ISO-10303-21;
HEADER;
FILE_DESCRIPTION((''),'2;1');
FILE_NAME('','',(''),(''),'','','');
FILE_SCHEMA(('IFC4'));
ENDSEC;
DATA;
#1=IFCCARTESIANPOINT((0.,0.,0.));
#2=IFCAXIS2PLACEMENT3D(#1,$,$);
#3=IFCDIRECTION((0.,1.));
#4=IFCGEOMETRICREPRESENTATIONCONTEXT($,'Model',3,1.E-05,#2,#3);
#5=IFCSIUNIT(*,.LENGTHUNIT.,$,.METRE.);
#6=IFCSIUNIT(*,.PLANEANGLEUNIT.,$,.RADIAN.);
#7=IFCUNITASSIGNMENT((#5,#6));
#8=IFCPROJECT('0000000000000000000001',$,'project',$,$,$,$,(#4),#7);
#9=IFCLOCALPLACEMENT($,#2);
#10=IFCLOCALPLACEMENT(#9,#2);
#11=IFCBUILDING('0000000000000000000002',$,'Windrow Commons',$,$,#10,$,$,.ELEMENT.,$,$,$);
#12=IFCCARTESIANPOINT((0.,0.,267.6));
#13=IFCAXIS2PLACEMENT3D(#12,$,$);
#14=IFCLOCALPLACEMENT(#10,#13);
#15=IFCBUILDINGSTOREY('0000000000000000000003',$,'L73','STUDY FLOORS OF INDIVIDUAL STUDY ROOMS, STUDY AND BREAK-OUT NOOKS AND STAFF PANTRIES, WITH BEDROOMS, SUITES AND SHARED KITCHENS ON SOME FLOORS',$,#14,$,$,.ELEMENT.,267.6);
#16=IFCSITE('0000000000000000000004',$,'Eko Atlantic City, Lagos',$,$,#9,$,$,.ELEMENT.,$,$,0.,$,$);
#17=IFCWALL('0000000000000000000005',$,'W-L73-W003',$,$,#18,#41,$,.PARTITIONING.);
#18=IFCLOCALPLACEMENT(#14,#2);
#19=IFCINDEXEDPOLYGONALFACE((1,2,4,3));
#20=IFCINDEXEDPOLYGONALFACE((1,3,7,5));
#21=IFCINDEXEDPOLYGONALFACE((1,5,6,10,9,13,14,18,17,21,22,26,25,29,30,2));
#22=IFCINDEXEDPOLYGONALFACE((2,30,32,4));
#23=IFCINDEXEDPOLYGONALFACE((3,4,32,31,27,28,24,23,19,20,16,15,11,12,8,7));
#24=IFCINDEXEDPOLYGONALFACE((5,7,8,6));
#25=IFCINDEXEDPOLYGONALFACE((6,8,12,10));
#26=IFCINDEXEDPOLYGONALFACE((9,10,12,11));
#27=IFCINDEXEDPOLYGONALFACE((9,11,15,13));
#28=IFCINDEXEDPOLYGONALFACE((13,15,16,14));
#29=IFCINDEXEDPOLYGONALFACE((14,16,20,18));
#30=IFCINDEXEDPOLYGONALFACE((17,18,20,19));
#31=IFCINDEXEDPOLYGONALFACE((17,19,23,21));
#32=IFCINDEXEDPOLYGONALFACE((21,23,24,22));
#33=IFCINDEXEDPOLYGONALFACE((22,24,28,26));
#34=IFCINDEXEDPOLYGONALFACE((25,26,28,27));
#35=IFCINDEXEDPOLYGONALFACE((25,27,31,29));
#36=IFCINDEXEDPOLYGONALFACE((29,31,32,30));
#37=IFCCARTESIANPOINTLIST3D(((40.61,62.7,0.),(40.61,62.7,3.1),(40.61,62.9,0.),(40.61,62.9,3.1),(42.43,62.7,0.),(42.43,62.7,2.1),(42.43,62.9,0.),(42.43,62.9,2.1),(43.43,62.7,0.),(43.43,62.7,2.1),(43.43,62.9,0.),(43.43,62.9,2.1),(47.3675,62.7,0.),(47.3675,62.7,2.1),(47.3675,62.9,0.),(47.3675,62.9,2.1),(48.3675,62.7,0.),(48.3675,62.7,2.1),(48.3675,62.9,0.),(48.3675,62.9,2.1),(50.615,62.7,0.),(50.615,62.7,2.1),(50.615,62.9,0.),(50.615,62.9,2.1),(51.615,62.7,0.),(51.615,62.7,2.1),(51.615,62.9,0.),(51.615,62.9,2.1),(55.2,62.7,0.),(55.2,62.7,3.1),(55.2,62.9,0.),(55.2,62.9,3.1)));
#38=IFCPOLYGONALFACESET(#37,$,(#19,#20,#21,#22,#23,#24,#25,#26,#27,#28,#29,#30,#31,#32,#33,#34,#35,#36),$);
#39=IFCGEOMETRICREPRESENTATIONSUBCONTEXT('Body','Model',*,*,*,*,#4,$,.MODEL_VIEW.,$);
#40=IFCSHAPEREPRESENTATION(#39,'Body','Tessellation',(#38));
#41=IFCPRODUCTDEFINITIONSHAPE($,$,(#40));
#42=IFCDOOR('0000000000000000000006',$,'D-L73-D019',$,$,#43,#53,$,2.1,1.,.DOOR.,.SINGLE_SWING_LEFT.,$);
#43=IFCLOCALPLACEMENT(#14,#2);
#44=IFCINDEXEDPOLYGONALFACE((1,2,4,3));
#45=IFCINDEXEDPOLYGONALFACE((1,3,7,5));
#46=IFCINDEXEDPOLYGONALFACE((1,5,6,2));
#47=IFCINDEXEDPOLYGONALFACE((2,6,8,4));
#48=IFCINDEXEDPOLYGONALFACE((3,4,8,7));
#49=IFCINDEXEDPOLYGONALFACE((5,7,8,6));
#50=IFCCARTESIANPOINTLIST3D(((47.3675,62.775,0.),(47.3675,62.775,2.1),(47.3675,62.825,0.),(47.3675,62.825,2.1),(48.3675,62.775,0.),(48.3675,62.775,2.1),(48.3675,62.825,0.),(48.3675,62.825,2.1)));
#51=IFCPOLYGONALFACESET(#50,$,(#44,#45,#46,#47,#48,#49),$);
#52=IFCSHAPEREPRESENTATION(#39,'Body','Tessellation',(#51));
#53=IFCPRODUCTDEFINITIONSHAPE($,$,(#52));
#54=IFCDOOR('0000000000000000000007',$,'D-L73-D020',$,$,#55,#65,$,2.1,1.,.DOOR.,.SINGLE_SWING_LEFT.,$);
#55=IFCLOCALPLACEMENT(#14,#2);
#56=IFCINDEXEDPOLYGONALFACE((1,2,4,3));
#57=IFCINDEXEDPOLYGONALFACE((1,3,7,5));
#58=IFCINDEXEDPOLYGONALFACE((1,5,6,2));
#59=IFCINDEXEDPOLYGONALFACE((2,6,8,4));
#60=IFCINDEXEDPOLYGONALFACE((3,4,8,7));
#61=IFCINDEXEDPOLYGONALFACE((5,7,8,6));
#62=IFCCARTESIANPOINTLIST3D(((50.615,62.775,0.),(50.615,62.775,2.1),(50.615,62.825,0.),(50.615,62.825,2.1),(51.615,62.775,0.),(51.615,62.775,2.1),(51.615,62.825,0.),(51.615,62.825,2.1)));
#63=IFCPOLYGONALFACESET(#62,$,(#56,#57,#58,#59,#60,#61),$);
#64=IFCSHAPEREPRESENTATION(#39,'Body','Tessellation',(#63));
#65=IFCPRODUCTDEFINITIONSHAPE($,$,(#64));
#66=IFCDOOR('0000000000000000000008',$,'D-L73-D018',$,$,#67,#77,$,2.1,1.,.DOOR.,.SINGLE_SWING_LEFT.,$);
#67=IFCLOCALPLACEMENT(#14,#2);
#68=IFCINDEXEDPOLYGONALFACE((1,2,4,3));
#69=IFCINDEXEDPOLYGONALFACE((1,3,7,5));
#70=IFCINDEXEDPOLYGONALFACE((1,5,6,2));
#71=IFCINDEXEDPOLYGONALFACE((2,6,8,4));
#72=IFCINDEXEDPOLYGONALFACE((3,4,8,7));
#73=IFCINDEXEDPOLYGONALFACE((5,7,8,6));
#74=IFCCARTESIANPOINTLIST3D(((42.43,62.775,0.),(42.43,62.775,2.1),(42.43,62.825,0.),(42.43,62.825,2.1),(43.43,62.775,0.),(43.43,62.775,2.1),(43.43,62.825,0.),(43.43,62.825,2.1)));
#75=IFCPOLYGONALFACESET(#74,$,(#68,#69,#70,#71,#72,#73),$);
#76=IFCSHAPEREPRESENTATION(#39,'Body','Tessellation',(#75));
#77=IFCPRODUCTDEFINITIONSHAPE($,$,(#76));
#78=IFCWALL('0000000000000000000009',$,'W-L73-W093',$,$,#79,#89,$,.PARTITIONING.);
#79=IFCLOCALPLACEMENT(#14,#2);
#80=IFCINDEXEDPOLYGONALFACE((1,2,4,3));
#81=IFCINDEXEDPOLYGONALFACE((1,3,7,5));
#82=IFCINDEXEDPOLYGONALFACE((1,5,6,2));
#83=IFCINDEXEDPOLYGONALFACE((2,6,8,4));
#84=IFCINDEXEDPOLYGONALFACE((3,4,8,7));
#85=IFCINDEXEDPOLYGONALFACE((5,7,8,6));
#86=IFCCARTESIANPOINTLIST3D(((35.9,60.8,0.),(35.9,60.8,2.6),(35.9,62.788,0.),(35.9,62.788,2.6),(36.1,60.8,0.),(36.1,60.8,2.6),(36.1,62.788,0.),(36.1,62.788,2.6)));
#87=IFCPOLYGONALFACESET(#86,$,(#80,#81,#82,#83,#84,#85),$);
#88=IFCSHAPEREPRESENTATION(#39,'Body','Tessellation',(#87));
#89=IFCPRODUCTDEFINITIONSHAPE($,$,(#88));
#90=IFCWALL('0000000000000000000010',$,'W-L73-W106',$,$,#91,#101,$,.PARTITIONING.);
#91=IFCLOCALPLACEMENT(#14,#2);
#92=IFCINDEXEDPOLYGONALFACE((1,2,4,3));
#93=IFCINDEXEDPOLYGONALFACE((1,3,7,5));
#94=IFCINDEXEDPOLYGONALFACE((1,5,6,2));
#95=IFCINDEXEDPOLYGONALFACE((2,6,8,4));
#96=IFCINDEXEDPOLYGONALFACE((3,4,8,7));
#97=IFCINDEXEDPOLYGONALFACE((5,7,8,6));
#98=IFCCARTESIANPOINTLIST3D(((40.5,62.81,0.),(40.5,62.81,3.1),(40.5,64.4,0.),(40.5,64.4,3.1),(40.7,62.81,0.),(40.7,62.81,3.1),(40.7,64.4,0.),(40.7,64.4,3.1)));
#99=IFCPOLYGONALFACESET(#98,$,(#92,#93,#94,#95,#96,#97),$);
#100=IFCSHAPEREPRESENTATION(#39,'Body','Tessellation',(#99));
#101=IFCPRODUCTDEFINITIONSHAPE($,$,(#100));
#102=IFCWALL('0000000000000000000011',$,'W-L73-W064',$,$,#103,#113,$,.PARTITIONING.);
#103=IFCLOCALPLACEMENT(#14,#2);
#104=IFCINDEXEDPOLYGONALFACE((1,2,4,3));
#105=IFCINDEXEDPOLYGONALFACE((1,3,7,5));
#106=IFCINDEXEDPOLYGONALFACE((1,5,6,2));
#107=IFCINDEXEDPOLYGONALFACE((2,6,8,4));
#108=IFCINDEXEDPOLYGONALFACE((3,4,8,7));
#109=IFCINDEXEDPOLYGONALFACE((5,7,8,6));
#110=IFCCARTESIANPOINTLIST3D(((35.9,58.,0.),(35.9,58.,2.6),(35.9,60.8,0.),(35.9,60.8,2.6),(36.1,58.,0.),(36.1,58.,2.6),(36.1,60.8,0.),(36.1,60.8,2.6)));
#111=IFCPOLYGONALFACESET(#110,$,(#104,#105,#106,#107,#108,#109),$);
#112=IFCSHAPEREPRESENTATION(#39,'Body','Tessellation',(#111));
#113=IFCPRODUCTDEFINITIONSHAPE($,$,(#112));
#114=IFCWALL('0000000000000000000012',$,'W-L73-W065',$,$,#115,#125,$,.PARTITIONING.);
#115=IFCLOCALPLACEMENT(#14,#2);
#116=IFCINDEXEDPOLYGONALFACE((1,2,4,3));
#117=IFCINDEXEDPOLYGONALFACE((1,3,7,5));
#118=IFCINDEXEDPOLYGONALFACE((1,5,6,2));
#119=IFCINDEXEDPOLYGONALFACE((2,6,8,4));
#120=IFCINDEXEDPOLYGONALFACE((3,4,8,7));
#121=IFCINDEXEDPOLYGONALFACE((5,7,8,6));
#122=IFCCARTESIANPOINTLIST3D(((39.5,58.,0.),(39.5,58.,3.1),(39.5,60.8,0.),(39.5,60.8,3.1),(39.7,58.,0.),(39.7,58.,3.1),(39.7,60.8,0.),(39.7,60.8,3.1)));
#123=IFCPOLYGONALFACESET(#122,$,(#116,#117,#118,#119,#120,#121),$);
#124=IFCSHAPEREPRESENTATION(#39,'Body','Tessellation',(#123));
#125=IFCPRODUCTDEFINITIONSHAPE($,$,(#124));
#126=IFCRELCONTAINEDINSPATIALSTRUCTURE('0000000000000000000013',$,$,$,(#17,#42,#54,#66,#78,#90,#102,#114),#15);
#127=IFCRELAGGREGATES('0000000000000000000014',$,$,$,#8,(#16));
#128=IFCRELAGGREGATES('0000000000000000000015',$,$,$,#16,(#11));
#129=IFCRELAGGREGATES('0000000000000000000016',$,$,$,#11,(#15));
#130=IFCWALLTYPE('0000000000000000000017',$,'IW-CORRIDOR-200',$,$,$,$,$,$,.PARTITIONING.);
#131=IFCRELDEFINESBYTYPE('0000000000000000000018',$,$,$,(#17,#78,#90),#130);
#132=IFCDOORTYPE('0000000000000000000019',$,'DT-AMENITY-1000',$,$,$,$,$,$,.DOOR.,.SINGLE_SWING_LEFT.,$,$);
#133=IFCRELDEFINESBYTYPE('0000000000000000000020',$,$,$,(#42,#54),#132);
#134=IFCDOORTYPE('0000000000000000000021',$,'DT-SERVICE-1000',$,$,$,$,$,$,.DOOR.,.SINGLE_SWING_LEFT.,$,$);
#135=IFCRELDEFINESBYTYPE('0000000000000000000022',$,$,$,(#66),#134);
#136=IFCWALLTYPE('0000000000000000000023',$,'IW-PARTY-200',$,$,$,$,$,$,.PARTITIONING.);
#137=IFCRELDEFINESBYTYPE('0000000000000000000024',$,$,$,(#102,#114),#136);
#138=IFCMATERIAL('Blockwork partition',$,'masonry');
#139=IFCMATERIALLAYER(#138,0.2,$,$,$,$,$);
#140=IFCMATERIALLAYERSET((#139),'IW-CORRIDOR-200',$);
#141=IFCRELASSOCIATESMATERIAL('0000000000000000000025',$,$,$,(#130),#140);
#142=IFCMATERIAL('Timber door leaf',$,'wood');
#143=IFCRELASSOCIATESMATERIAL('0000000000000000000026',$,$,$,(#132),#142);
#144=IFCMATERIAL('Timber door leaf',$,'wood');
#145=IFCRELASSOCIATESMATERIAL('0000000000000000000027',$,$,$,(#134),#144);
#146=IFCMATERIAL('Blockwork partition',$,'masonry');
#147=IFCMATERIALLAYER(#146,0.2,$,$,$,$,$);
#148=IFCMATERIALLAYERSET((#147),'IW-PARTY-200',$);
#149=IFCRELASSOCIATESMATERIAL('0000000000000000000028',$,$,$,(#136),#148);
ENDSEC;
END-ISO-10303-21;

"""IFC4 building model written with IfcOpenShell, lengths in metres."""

from ifc_helpers import new_model, si_unit, direction, frame, frame_2d, origin, place, context, subcontext, project, spatial, rectangle, extrude, material, layer, layer_set, type_object, element, fill, save


model = new_model("IFC4")

# Units and contexts
model_context = context("Model", 3, precision=1e-05, world=origin(), true_north=direction((0.0, 1.0)))
body_context = subcontext(model_context, "Body", "Model", "MODEL_VIEW")
ifc_project = project(units=[si_unit("LENGTHUNIT", "METRE"), si_unit("PLANEANGLEUNIT", "RADIAN")], contexts=[model_context])

# Site, building, storey
site_placement = place(None, origin())
site = spatial("IfcSite", under=ifc_project, at=site_placement, Name="Eko Atlantic City, Lagos", CompositionType="ELEMENT", RefElevation=0.0)
building_placement = place(site_placement, origin())
building = spatial("IfcBuilding", under=site, at=building_placement, Name="Windrow Commons", CompositionType="ELEMENT")
storey_placement = place(building_placement, frame((0.0, 0.0, 267.6)))
storey = spatial("IfcBuildingStorey", under=building, at=storey_placement, Name="L73", Description="STUDY FLOORS OF INDIVIDUAL STUDY ROOMS, STUDY AND BREAK-OUT NOOKS AND STAFF PANTRIES, WITH BEDROOMS, SUITES AND SHARED KITCHENS ON SOME FLOORS", CompositionType="ELEMENT", Elevation=267.6)

# Wall, openings, doors
ifc_material_1 = material(Name="Blockwork partition", Category="masonry")
ifc_layer_1 = layer(ifc_material_1, 0.2)
ifc_layer_set_1 = layer_set([ifc_layer_1], Name="IW-CORRIDOR-200")
wall_type_1 = type_object("IfcWallType", Name="IW-CORRIDOR-200", PredefinedType="PARTITIONING", material=ifc_layer_set_1)
ifc_material_2 = material(Name="Timber door leaf", Category="wood")
door_type_1 = type_object("IfcDoorType", Name="DT-AMENITY-1000", OperationType="SINGLE_SWING_LEFT", PredefinedType="DOOR", material=ifc_material_2)
ifc_material_3 = material(Name="Timber door leaf", Category="wood")
door_type_2 = type_object("IfcDoorType", Name="DT-SERVICE-1000", OperationType="SINGLE_SWING_LEFT", PredefinedType="DOOR", material=ifc_material_3)
wall_1_placement = place(storey_placement, frame((40.61, 62.8, 0.0), z_axis=(0.0, 0.0, 1.0), x_axis=(1.0, 0.0, 0.0)))
wall_1 = element("IfcWall", 1, at=wall_1_placement, inside=storey, type_object=wall_type_1, Name="W-L73-W003", PredefinedType="PARTITIONING", context=body_context, shape_type="SweptSolid", body=[
    extrude(rectangle(XDim=14.59, YDim=0.2, at=frame_2d((7.295, 0.0))), origin(), (0.0, 0.0, 1.0), 3.1),
])
opening_1_placement = place(wall_1_placement, frame((1.82, 0.0, 0.0)))
opening_1 = element("IfcOpeningElement", 2, at=opening_1_placement, cuts=wall_1, PredefinedType="OPENING", context=body_context, shape_type="SweptSolid", body=[
    extrude(rectangle(XDim=1.0, YDim=2.1, at=frame_2d((0.5, 1.05))), frame((0.0, 0.11, 0.0), z_axis=(0.0, -1.0, 0.0), x_axis=(1.0, 0.0, 0.0)), (0.0, 0.0, 1.0), 0.22),
])
opening_2_placement = place(wall_1_placement, frame((6.7575, 0.0, 0.0)))
opening_2 = element("IfcOpeningElement", 3, at=opening_2_placement, cuts=wall_1, PredefinedType="OPENING", context=body_context, shape_type="SweptSolid", body=[
    extrude(rectangle(XDim=1.0, YDim=2.1, at=frame_2d((0.5, 1.05))), frame((0.0, 0.11, 0.0), z_axis=(0.0, -1.0, 0.0), x_axis=(1.0, 0.0, 0.0)), (0.0, 0.0, 1.0), 0.22),
])
opening_3_placement = place(wall_1_placement, frame((10.005, 0.0, 0.0)))
opening_3 = element("IfcOpeningElement", 4, at=opening_3_placement, cuts=wall_1, PredefinedType="OPENING", context=body_context, shape_type="SweptSolid", body=[
    extrude(rectangle(XDim=1.0, YDim=2.1, at=frame_2d((0.5, 1.05))), frame((0.0, 0.11, 0.0), z_axis=(0.0, -1.0, 0.0), x_axis=(1.0, 0.0, 0.0)), (0.0, 0.0, 1.0), 0.22),
])
door_1_placement = place(opening_2_placement, origin())
door_1 = element("IfcDoor", 5, at=door_1_placement, inside=storey, type_object=door_type_1, Name="D-L73-D019", OperationType="SINGLE_SWING_LEFT", OverallHeight=2.1, OverallWidth=1.0, PredefinedType="DOOR", context=body_context, shape_type="SweptSolid", body=[
    extrude(rectangle(XDim=1.0, YDim=2.1, at=frame_2d((0.5, 1.05))), frame((0.0, 0.025, 0.0), z_axis=(0.0, -1.0, 0.0), x_axis=(1.0, 0.0, 0.0)), (0.0, 0.0, 1.0), 0.05),
])
fill(opening_2, door_1)
door_2_placement = place(opening_3_placement, origin())
door_2 = element("IfcDoor", 6, at=door_2_placement, inside=storey, type_object=door_type_1, Name="D-L73-D020", OperationType="SINGLE_SWING_LEFT", OverallHeight=2.1, OverallWidth=1.0, PredefinedType="DOOR", context=body_context, shape_type="SweptSolid", body=[
    extrude(rectangle(XDim=1.0, YDim=2.1, at=frame_2d((0.5, 1.05))), frame((0.0, 0.025, 0.0), z_axis=(0.0, -1.0, 0.0), x_axis=(1.0, 0.0, 0.0)), (0.0, 0.0, 1.0), 0.05),
])
fill(opening_3, door_2)
door_3_placement = place(opening_1_placement, origin())
door_3 = element("IfcDoor", 7, at=door_3_placement, inside=storey, type_object=door_type_2, Name="D-L73-D018", OperationType="SINGLE_SWING_LEFT", OverallHeight=2.1, OverallWidth=1.0, PredefinedType="DOOR", context=body_context, shape_type="SweptSolid", body=[
    extrude(rectangle(XDim=1.0, YDim=2.1, at=frame_2d((0.5, 1.05))), frame((0.0, 0.025, 0.0), z_axis=(0.0, -1.0, 0.0), x_axis=(1.0, 0.0, 0.0)), (0.0, 0.0, 1.0), 0.05),
])
fill(opening_1, door_3)

# Walls
wall_2_placement = place(storey_placement, frame((36.0, 60.8, 0.0), z_axis=(0.0, 0.0, 1.0), x_axis=(0.0, 1.0, 0.0)))
element("IfcWall", 8, at=wall_2_placement, inside=storey, type_object=wall_type_1, Name="W-L73-W093", PredefinedType="PARTITIONING", context=body_context, shape_type="SweptSolid", body=[
    extrude(rectangle(XDim=1.988, YDim=0.2, at=frame_2d((0.994, 0.0))), origin(), (0.0, 0.0, 1.0), 2.6),
])
wall_3_placement = place(storey_placement, frame((40.6, 62.81, 0.0), z_axis=(0.0, 0.0, 1.0), x_axis=(0.0, 1.0, 0.0)))
element("IfcWall", 9, at=wall_3_placement, inside=storey, type_object=wall_type_1, Name="W-L73-W106", PredefinedType="PARTITIONING", context=body_context, shape_type="SweptSolid", body=[
    extrude(rectangle(XDim=1.59, YDim=0.2, at=frame_2d((0.795, 0.0))), origin(), (0.0, 0.0, 1.0), 3.1),
])
ifc_material_4 = material(Name="Blockwork partition", Category="masonry")
ifc_layer_2 = layer(ifc_material_4, 0.2)
ifc_layer_set_2 = layer_set([ifc_layer_2], Name="IW-PARTY-200")
wall_type_2 = type_object("IfcWallType", Name="IW-PARTY-200", PredefinedType="PARTITIONING", material=ifc_layer_set_2)
wall_4_placement = place(storey_placement, frame((36.0, 58.0, 0.0), z_axis=(0.0, 0.0, 1.0), x_axis=(0.0, 1.0, 0.0)))
element("IfcWall", 10, at=wall_4_placement, inside=storey, type_object=wall_type_2, Name="W-L73-W064", PredefinedType="PARTITIONING", context=body_context, shape_type="SweptSolid", body=[
    extrude(rectangle(XDim=2.8, YDim=0.2, at=frame_2d((1.4, 0.0))), origin(), (0.0, 0.0, 1.0), 2.6),
])
wall_5_placement = place(storey_placement, frame((39.6, 58.0, 0.0), z_axis=(0.0, 0.0, 1.0), x_axis=(0.0, 1.0, 0.0)))
element("IfcWall", 11, at=wall_5_placement, inside=storey, type_object=wall_type_2, Name="W-L73-W065", PredefinedType="PARTITIONING", context=body_context, shape_type="SweptSolid", body=[
    extrude(rectangle(XDim=2.8, YDim=0.2, at=frame_2d((1.4, 0.0))), origin(), (0.0, 0.0, 1.0), 3.1),
])

save(model, "model.ifc")
